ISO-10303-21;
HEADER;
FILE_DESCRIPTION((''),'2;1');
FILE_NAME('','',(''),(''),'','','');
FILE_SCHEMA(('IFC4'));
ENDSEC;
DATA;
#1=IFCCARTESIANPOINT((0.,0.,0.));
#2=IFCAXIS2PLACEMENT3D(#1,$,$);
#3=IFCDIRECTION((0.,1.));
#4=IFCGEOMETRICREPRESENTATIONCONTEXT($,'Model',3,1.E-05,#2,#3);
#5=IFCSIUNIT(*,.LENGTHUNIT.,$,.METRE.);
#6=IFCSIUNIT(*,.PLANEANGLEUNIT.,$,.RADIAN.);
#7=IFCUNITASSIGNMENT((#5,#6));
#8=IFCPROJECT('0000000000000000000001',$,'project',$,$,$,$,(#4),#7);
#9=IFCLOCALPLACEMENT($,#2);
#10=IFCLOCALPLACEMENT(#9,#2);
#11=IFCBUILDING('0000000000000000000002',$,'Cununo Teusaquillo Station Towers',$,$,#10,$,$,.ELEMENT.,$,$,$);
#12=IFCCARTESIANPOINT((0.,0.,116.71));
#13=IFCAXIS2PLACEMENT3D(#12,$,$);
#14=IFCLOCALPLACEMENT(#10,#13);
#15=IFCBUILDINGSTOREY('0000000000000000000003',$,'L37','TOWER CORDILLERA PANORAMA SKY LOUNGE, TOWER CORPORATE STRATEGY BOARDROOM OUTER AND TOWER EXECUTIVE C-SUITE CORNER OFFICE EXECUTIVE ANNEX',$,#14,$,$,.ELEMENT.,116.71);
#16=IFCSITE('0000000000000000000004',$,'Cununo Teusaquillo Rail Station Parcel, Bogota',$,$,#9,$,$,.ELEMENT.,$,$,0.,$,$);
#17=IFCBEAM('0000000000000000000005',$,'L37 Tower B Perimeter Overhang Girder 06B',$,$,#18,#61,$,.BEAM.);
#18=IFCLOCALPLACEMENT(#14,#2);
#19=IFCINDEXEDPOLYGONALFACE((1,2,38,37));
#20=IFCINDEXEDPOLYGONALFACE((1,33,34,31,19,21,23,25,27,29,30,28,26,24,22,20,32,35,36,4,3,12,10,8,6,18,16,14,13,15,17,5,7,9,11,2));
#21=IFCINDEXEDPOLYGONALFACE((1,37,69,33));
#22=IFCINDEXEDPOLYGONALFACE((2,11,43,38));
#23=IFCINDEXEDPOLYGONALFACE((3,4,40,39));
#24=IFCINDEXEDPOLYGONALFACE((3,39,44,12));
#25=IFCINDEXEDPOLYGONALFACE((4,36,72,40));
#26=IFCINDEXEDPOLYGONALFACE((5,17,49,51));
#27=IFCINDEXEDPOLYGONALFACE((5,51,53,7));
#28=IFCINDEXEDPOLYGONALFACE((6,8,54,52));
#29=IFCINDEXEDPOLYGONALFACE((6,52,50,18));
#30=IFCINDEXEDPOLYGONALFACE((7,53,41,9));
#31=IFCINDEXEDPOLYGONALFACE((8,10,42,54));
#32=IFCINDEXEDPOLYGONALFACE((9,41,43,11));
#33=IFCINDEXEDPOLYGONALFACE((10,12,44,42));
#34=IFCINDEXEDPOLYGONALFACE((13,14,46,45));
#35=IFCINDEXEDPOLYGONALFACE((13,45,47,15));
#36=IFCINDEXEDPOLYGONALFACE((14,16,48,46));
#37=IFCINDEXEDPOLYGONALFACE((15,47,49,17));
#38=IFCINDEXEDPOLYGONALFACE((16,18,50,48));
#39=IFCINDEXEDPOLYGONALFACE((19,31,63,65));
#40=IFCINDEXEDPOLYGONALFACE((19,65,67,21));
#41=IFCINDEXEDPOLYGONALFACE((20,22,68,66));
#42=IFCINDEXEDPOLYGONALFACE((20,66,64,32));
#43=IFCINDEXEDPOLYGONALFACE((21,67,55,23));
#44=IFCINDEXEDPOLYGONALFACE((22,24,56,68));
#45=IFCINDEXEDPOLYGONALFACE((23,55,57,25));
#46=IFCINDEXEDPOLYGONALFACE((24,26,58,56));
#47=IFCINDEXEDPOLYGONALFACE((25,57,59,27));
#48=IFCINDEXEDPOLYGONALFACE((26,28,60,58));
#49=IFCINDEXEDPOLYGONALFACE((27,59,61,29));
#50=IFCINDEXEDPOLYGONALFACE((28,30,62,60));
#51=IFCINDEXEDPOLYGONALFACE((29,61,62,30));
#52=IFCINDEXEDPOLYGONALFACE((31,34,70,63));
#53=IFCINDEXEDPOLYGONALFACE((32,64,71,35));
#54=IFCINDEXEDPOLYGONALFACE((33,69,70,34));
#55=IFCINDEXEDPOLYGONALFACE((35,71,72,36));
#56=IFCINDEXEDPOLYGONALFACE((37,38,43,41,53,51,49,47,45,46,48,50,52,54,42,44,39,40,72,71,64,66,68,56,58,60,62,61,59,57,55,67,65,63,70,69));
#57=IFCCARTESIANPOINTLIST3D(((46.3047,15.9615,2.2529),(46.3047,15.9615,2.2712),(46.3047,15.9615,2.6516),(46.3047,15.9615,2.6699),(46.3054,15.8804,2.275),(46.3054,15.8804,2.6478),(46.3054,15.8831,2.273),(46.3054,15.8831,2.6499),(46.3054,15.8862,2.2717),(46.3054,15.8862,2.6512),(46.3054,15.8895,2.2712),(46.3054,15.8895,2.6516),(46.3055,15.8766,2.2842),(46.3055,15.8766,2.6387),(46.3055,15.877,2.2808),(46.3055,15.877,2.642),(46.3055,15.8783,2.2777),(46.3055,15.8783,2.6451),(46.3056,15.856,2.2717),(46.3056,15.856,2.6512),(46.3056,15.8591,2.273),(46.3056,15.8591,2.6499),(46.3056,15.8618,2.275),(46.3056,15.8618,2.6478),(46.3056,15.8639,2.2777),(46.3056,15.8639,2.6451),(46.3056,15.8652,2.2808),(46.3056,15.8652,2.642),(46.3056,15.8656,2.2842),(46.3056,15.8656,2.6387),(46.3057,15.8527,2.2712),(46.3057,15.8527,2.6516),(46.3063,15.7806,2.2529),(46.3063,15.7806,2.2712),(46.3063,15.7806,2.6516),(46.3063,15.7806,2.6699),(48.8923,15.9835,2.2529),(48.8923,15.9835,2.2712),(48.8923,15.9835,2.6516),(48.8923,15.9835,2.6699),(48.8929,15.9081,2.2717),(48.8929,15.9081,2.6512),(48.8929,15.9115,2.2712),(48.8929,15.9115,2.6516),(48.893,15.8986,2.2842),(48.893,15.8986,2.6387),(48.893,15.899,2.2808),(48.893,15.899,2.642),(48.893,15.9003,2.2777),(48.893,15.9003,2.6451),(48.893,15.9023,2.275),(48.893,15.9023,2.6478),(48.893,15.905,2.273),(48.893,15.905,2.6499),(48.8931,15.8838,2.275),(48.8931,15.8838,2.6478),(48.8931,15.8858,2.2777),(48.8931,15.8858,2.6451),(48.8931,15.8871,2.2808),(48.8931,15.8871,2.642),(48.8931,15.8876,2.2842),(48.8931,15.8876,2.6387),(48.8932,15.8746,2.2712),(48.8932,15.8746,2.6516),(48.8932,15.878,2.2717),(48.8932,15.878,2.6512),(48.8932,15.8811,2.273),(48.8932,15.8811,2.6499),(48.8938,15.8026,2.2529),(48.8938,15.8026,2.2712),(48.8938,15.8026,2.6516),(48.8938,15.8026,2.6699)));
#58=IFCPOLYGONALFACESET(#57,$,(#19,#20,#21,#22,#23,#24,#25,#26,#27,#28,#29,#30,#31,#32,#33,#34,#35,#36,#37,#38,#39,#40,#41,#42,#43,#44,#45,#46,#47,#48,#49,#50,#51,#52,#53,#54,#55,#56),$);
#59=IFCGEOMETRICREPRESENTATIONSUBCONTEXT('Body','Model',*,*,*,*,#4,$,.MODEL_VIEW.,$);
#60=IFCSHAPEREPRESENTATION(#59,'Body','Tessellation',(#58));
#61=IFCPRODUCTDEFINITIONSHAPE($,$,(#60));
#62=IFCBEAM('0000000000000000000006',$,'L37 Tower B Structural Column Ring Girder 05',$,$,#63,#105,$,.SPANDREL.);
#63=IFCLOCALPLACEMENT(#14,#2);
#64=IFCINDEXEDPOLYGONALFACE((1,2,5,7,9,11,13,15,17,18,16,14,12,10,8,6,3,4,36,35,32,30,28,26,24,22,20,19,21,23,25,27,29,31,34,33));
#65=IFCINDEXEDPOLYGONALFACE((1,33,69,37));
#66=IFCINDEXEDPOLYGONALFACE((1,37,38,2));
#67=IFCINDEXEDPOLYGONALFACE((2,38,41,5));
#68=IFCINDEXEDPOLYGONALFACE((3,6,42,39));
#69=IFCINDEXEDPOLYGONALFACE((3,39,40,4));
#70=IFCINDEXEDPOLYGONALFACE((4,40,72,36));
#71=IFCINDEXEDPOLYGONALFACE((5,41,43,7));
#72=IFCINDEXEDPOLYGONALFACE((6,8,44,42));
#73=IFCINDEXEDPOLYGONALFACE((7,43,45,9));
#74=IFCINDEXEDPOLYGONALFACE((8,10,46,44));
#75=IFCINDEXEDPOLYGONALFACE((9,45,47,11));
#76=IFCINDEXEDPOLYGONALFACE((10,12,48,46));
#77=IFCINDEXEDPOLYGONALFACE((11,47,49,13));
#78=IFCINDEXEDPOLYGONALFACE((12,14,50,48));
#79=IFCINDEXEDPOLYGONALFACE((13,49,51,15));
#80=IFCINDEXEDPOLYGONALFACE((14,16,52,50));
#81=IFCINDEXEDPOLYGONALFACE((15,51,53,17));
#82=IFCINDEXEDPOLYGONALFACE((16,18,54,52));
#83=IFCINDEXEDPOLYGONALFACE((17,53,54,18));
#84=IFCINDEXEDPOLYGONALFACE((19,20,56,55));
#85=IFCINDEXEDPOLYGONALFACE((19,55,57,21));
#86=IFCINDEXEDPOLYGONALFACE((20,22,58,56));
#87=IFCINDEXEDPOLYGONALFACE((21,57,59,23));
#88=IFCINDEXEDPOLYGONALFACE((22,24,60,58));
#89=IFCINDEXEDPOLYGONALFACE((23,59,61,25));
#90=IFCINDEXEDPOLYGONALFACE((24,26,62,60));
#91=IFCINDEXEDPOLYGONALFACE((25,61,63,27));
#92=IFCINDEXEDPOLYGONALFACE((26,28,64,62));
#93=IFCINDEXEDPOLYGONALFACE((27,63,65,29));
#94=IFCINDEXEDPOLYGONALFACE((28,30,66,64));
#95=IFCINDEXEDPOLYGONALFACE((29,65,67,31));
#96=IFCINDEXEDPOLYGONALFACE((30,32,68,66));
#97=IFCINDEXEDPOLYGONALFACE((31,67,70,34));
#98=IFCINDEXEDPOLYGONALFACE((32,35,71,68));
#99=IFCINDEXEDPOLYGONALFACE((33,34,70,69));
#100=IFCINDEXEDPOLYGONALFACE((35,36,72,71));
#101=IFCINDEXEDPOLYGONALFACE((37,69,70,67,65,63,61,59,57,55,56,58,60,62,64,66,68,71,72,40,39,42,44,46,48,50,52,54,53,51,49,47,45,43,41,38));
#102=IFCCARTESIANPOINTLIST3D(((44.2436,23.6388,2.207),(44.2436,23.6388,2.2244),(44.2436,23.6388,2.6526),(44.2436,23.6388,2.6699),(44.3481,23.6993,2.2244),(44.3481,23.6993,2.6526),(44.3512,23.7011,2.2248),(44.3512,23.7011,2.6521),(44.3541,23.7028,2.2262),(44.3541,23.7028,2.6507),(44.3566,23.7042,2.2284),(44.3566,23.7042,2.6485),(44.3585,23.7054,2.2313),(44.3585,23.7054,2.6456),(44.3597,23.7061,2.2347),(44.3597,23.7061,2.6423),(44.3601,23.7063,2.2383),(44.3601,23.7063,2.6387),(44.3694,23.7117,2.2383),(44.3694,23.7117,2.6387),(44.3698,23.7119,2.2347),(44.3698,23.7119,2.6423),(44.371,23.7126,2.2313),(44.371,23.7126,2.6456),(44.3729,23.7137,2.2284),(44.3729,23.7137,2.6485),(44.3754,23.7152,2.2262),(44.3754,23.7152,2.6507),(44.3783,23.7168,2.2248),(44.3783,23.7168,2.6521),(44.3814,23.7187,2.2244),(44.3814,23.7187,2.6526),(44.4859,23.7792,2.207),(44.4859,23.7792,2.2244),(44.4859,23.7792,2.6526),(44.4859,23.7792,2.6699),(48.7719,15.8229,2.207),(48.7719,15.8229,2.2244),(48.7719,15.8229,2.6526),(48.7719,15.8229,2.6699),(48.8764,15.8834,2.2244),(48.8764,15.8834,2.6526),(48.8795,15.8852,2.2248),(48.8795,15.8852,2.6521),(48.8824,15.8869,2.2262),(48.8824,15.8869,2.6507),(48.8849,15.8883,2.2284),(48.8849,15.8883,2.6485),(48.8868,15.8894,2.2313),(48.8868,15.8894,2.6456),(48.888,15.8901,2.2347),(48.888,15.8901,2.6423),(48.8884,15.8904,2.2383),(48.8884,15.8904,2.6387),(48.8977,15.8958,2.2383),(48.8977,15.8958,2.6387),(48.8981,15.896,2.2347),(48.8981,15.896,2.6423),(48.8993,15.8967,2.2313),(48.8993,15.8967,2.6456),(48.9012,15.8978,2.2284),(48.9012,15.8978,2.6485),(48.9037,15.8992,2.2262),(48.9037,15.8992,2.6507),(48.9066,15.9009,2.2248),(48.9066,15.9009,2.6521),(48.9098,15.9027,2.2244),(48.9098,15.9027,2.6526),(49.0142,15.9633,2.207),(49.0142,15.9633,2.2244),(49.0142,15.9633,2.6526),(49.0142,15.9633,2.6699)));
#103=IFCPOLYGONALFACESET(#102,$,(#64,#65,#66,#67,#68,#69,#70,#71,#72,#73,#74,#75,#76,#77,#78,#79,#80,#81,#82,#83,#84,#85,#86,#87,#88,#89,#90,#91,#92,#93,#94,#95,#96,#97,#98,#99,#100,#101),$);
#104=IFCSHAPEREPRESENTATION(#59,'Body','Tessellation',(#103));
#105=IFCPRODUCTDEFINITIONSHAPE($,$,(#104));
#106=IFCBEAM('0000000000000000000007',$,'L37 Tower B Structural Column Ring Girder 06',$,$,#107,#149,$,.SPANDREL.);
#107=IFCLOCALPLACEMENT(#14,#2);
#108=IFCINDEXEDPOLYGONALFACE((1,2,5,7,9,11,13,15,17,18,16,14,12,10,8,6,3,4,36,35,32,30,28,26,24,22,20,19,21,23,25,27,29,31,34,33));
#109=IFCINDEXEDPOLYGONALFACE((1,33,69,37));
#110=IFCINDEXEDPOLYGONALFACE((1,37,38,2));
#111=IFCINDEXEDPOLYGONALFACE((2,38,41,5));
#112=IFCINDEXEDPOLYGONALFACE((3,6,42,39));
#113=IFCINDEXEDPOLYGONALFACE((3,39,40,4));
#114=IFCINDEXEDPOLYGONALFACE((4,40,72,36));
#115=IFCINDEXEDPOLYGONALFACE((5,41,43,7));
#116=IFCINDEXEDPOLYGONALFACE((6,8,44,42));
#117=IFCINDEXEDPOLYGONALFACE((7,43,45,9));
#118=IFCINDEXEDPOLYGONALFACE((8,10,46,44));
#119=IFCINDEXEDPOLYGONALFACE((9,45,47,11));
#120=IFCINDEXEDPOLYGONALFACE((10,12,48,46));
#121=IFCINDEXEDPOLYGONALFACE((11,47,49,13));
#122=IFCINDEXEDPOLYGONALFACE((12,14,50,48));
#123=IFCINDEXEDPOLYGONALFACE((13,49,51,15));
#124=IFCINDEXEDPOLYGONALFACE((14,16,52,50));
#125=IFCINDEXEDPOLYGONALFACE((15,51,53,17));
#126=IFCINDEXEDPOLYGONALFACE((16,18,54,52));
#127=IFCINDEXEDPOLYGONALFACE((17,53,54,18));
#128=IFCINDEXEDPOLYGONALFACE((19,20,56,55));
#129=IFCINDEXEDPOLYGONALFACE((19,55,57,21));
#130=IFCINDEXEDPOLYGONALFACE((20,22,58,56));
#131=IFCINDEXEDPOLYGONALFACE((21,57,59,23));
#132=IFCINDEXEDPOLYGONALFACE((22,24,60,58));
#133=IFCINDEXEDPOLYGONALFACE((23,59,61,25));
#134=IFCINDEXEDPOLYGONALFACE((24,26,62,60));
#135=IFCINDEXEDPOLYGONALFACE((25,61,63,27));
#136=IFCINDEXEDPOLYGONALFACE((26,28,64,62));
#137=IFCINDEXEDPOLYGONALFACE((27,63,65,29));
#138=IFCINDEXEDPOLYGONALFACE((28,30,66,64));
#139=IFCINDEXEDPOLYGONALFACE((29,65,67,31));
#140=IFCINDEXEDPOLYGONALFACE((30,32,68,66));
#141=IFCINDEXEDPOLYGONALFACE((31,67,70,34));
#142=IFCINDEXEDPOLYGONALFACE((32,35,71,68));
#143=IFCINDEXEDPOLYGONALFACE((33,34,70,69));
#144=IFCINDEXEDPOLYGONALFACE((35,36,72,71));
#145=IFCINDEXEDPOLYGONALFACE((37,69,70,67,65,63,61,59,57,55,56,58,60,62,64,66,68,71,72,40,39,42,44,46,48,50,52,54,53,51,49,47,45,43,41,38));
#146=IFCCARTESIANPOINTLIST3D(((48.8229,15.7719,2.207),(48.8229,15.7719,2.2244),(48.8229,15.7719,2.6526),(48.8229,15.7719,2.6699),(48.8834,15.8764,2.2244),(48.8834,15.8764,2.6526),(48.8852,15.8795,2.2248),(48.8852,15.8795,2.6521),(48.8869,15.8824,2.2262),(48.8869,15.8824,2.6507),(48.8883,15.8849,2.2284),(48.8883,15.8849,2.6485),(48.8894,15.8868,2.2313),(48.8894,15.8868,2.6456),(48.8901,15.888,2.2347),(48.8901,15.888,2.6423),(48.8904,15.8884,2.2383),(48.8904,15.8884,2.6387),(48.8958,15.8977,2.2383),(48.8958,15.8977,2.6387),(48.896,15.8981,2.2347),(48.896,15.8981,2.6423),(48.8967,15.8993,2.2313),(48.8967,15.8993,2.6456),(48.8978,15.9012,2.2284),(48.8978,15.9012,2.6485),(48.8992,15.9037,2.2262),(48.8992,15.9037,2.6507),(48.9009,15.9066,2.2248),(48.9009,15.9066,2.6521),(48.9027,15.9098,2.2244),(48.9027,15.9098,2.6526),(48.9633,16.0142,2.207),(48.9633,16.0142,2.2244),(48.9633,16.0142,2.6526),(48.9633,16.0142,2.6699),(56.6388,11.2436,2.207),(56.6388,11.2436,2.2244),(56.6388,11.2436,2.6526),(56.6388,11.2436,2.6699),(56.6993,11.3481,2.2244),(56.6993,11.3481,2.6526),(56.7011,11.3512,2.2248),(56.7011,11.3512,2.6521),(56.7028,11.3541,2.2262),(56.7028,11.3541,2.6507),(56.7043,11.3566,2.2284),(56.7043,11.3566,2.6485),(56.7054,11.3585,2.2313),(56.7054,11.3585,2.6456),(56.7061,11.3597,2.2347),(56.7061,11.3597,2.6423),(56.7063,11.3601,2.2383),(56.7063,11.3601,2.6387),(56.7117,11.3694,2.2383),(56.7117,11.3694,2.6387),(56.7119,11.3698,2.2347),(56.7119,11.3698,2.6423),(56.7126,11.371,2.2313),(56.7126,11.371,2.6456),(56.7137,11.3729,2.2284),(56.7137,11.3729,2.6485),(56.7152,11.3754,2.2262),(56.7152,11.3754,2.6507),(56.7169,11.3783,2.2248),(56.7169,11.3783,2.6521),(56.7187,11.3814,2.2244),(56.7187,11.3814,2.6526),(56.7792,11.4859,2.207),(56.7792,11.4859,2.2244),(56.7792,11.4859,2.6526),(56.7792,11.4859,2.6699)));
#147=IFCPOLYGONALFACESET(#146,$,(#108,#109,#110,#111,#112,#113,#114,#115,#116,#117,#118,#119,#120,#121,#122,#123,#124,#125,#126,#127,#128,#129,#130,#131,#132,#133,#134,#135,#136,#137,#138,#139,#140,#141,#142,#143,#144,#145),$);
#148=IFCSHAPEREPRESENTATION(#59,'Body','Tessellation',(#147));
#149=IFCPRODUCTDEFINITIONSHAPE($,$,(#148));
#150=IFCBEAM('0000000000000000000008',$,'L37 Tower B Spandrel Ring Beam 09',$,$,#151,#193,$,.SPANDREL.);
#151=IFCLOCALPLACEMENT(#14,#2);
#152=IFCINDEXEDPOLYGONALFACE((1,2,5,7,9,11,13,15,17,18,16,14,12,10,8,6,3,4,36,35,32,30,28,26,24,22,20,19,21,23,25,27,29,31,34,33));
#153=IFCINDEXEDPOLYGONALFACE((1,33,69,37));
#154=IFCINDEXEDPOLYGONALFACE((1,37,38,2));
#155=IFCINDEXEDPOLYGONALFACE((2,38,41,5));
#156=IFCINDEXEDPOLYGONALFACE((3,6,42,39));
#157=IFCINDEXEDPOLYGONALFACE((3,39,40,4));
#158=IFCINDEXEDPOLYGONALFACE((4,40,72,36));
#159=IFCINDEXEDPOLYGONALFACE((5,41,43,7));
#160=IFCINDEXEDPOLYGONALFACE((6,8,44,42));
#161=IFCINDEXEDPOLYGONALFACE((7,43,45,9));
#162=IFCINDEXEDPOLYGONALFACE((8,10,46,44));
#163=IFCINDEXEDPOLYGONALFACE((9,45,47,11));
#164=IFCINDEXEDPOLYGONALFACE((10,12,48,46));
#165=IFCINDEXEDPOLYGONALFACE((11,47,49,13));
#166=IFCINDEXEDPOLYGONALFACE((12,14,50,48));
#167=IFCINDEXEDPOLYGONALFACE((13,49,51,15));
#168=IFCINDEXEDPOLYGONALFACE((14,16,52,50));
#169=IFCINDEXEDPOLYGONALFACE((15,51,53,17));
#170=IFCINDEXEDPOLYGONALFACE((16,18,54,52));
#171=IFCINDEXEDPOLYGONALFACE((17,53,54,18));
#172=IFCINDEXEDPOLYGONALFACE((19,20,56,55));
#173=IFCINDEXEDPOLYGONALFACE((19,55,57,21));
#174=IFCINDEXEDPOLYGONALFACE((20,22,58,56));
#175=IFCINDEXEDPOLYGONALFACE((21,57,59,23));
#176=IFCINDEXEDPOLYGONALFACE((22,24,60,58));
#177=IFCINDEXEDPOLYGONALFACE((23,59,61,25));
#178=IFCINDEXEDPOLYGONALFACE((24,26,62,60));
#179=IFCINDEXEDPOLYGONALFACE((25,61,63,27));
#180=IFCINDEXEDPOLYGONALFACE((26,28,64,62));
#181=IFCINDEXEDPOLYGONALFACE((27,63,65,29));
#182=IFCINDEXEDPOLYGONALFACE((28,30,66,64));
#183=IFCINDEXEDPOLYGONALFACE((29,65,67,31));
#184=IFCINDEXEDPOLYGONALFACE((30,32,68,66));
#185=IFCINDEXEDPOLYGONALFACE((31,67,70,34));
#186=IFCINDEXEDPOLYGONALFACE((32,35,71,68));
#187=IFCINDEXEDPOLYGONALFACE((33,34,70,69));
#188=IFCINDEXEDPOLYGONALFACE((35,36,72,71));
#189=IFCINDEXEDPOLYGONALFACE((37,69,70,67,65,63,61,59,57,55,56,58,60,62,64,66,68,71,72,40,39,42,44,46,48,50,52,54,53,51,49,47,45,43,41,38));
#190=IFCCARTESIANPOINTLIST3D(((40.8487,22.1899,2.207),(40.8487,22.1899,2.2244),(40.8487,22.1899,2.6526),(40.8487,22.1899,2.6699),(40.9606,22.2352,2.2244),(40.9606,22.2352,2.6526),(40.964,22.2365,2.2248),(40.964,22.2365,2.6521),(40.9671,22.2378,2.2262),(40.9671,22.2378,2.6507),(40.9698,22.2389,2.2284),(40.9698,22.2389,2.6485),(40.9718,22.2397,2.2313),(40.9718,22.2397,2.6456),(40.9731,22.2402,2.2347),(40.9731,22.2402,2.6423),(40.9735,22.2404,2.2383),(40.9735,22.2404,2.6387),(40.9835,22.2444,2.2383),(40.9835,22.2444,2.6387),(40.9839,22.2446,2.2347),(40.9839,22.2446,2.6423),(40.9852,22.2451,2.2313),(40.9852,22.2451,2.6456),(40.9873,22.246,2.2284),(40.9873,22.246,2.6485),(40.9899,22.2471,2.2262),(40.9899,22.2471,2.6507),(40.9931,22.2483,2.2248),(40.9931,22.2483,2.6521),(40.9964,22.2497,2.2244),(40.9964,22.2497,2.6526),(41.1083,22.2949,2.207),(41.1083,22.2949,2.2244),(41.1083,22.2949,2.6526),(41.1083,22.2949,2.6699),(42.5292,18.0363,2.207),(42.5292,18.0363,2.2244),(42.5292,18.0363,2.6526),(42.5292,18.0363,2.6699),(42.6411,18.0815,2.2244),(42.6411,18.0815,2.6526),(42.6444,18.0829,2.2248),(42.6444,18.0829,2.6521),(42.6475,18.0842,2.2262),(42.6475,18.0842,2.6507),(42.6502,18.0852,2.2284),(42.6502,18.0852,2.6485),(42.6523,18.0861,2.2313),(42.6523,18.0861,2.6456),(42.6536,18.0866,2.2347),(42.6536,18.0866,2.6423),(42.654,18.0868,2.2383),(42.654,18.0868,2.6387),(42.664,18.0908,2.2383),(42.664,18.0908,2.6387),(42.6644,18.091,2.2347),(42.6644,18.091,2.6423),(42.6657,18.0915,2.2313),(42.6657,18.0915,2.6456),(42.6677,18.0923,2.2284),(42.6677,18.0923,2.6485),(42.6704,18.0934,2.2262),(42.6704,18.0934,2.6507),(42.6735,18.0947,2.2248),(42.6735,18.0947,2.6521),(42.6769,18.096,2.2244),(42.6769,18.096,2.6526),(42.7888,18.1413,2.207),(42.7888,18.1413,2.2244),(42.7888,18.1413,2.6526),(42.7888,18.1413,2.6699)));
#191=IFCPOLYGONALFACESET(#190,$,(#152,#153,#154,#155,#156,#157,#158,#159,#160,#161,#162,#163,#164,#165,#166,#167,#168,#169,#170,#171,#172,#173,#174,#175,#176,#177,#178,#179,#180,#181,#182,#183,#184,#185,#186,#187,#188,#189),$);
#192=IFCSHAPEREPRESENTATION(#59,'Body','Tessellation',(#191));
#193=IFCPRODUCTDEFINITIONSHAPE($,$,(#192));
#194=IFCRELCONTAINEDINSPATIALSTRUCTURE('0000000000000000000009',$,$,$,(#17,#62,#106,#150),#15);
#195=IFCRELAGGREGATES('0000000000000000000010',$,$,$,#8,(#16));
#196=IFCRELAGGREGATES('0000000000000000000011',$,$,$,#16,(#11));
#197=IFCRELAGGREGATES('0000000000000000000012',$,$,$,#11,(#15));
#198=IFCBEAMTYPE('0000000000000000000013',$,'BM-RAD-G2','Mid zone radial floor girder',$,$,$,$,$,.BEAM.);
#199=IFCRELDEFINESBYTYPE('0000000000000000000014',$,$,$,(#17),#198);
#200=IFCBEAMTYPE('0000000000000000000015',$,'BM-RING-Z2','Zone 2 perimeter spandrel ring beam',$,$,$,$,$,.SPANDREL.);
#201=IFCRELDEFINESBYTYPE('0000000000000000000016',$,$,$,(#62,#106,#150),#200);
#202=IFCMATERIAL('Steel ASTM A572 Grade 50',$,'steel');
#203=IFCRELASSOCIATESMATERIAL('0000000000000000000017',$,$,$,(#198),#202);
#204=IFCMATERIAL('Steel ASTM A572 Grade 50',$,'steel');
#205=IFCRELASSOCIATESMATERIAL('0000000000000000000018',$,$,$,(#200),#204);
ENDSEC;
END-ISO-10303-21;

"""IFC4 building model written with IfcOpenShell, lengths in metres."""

from ifc_helpers import new_model, si_unit, direction, frame, origin, origin_2d, place, context, subcontext, project, spatial, i_section, extrude, material, material_profile, profile_set, type_object, element, save


model = new_model("IFC4")

# Units and contexts
model_context = context("Model", 3, precision=1e-05, world=origin(), true_north=direction((0.0, 1.0)))
body_context = subcontext(model_context, "Body", "Model", "MODEL_VIEW")
ifc_project = project(units=[si_unit("LENGTHUNIT", "METRE"), si_unit("PLANEANGLEUNIT", "RADIAN")], contexts=[model_context])

# Site, building, storey
site_placement = place(None, origin())
site = spatial("IfcSite", under=ifc_project, at=site_placement, Name="Cununo Teusaquillo Rail Station Parcel, Bogota", CompositionType="ELEMENT", RefElevation=0.0)
building_placement = place(site_placement, origin())
building = spatial("IfcBuilding", under=site, at=building_placement, Name="Cununo Teusaquillo Station Towers", CompositionType="ELEMENT")
storey_placement = place(building_placement, frame((0.0, 0.0, 116.71)))
storey = spatial("IfcBuildingStorey", under=building, at=storey_placement, Name="L37", Description="TOWER CORDILLERA PANORAMA SKY LOUNGE, TOWER CORPORATE STRATEGY BOARDROOM OUTER AND TOWER EXECUTIVE C-SUITE CORNER OFFICE EXECUTIVE ANNEX", CompositionType="ELEMENT", Elevation=116.71)

# Beams
ifc_material_1 = material(Name="Steel ASTM A572 Grade 50", Category="steel")
ifc_material_profile_1 = material_profile(ifc_material_1, i_section(OverallWidth=0.1809, OverallDepth=0.417, WebThickness=0.011, FlangeThickness=0.0183, FilletRadius=0.0129, at=origin_2d()), Name="W16X57")
ifc_profile_set_1 = profile_set([ifc_material_profile_1], Name="Steel ASTM A572 Grade 50")
beam_type_1 = type_object("IfcBeamType", Name="BM-RAD-G2", Description="Mid zone radial floor girder", PredefinedType="BEAM", material=ifc_profile_set_1)
beam_1_placement = place(storey_placement, frame((48.8931, 15.8931, 2.4614), z_axis=(-0.999964, -0.008491, 0.0), x_axis=(0.008491, -0.999964, 0.0)))
element("IfcBeam", 1, at=beam_1_placement, inside=storey, type_object=beam_type_1, Name="L37 Tower B Perimeter Overhang Girder 06B", PredefinedType="BEAM", context=body_context, shape_type="SweptSolid", body=[
    extrude(i_section(OverallWidth=0.1809, OverallDepth=0.417, WebThickness=0.011, FlangeThickness=0.0183, FilletRadius=0.0129, at=origin_2d()), origin(), (0.0, 0.0, 1.0), 2.5876),
])
ifc_material_2 = material(Name="Steel ASTM A572 Grade 50", Category="steel")
ifc_material_profile_2 = material_profile(ifc_material_2, i_section(OverallWidth=0.28, OverallDepth=0.4629, WebThickness=0.0107, FlangeThickness=0.0173, FilletRadius=0.0139, at=origin_2d()), Name="W18X76")
ifc_profile_set_2 = profile_set([ifc_material_profile_2], Name="Steel ASTM A572 Grade 50")
beam_type_2 = type_object("IfcBeamType", Name="BM-RING-Z2", Description="Zone 2 perimeter spandrel ring beam", PredefinedType="SPANDREL", material=ifc_profile_set_2)
for number, where, z_axis, x_axis, name in (
    (2, (44.3647, 23.709, 2.4385), (0.501311, -0.865267, 0.0), (0.865267, 0.501311, 0.0), "L37 Tower B Structural Column Ring Girder 05"),
    (3, (48.8931, 15.8931, 2.4385), (0.865267, -0.501311, 0.0), (0.501311, 0.865267, 0.0), "L37 Tower B Structural Column Ring Girder 06"),
):
    element("IfcBeam", number, at=place(storey_placement, frame(where, z_axis=z_axis, x_axis=x_axis)), inside=storey, type_object=beam_type_2, Name=name, PredefinedType="SPANDREL", context=body_context, shape_type="SweptSolid", body=[
        extrude(i_section(OverallWidth=0.28, OverallDepth=0.4629, WebThickness=0.0107, FlangeThickness=0.0173, FilletRadius=0.0139, at=origin_2d()), origin(), (0.0, 0.0, 1.0), 9.033),
    ])
beam_2_placement = place(storey_placement, frame((40.9785, 22.2424, 2.4385), z_axis=(0.375042, -0.927008, 0.0), x_axis=(0.927008, 0.375042, 0.0)))
element("IfcBeam", 4, at=beam_2_placement, inside=storey, type_object=beam_type_2, Name="L37 Tower B Spandrel Ring Beam 09", PredefinedType="SPANDREL", context=body_context, shape_type="SweptSolid", body=[
    extrude(i_section(OverallWidth=0.28, OverallDepth=0.4629, WebThickness=0.0107, FlangeThickness=0.0173, FilletRadius=0.0139, at=origin_2d()), origin(), (0.0, 0.0, 1.0), 4.4807),
])

save(model, "model.ifc")
